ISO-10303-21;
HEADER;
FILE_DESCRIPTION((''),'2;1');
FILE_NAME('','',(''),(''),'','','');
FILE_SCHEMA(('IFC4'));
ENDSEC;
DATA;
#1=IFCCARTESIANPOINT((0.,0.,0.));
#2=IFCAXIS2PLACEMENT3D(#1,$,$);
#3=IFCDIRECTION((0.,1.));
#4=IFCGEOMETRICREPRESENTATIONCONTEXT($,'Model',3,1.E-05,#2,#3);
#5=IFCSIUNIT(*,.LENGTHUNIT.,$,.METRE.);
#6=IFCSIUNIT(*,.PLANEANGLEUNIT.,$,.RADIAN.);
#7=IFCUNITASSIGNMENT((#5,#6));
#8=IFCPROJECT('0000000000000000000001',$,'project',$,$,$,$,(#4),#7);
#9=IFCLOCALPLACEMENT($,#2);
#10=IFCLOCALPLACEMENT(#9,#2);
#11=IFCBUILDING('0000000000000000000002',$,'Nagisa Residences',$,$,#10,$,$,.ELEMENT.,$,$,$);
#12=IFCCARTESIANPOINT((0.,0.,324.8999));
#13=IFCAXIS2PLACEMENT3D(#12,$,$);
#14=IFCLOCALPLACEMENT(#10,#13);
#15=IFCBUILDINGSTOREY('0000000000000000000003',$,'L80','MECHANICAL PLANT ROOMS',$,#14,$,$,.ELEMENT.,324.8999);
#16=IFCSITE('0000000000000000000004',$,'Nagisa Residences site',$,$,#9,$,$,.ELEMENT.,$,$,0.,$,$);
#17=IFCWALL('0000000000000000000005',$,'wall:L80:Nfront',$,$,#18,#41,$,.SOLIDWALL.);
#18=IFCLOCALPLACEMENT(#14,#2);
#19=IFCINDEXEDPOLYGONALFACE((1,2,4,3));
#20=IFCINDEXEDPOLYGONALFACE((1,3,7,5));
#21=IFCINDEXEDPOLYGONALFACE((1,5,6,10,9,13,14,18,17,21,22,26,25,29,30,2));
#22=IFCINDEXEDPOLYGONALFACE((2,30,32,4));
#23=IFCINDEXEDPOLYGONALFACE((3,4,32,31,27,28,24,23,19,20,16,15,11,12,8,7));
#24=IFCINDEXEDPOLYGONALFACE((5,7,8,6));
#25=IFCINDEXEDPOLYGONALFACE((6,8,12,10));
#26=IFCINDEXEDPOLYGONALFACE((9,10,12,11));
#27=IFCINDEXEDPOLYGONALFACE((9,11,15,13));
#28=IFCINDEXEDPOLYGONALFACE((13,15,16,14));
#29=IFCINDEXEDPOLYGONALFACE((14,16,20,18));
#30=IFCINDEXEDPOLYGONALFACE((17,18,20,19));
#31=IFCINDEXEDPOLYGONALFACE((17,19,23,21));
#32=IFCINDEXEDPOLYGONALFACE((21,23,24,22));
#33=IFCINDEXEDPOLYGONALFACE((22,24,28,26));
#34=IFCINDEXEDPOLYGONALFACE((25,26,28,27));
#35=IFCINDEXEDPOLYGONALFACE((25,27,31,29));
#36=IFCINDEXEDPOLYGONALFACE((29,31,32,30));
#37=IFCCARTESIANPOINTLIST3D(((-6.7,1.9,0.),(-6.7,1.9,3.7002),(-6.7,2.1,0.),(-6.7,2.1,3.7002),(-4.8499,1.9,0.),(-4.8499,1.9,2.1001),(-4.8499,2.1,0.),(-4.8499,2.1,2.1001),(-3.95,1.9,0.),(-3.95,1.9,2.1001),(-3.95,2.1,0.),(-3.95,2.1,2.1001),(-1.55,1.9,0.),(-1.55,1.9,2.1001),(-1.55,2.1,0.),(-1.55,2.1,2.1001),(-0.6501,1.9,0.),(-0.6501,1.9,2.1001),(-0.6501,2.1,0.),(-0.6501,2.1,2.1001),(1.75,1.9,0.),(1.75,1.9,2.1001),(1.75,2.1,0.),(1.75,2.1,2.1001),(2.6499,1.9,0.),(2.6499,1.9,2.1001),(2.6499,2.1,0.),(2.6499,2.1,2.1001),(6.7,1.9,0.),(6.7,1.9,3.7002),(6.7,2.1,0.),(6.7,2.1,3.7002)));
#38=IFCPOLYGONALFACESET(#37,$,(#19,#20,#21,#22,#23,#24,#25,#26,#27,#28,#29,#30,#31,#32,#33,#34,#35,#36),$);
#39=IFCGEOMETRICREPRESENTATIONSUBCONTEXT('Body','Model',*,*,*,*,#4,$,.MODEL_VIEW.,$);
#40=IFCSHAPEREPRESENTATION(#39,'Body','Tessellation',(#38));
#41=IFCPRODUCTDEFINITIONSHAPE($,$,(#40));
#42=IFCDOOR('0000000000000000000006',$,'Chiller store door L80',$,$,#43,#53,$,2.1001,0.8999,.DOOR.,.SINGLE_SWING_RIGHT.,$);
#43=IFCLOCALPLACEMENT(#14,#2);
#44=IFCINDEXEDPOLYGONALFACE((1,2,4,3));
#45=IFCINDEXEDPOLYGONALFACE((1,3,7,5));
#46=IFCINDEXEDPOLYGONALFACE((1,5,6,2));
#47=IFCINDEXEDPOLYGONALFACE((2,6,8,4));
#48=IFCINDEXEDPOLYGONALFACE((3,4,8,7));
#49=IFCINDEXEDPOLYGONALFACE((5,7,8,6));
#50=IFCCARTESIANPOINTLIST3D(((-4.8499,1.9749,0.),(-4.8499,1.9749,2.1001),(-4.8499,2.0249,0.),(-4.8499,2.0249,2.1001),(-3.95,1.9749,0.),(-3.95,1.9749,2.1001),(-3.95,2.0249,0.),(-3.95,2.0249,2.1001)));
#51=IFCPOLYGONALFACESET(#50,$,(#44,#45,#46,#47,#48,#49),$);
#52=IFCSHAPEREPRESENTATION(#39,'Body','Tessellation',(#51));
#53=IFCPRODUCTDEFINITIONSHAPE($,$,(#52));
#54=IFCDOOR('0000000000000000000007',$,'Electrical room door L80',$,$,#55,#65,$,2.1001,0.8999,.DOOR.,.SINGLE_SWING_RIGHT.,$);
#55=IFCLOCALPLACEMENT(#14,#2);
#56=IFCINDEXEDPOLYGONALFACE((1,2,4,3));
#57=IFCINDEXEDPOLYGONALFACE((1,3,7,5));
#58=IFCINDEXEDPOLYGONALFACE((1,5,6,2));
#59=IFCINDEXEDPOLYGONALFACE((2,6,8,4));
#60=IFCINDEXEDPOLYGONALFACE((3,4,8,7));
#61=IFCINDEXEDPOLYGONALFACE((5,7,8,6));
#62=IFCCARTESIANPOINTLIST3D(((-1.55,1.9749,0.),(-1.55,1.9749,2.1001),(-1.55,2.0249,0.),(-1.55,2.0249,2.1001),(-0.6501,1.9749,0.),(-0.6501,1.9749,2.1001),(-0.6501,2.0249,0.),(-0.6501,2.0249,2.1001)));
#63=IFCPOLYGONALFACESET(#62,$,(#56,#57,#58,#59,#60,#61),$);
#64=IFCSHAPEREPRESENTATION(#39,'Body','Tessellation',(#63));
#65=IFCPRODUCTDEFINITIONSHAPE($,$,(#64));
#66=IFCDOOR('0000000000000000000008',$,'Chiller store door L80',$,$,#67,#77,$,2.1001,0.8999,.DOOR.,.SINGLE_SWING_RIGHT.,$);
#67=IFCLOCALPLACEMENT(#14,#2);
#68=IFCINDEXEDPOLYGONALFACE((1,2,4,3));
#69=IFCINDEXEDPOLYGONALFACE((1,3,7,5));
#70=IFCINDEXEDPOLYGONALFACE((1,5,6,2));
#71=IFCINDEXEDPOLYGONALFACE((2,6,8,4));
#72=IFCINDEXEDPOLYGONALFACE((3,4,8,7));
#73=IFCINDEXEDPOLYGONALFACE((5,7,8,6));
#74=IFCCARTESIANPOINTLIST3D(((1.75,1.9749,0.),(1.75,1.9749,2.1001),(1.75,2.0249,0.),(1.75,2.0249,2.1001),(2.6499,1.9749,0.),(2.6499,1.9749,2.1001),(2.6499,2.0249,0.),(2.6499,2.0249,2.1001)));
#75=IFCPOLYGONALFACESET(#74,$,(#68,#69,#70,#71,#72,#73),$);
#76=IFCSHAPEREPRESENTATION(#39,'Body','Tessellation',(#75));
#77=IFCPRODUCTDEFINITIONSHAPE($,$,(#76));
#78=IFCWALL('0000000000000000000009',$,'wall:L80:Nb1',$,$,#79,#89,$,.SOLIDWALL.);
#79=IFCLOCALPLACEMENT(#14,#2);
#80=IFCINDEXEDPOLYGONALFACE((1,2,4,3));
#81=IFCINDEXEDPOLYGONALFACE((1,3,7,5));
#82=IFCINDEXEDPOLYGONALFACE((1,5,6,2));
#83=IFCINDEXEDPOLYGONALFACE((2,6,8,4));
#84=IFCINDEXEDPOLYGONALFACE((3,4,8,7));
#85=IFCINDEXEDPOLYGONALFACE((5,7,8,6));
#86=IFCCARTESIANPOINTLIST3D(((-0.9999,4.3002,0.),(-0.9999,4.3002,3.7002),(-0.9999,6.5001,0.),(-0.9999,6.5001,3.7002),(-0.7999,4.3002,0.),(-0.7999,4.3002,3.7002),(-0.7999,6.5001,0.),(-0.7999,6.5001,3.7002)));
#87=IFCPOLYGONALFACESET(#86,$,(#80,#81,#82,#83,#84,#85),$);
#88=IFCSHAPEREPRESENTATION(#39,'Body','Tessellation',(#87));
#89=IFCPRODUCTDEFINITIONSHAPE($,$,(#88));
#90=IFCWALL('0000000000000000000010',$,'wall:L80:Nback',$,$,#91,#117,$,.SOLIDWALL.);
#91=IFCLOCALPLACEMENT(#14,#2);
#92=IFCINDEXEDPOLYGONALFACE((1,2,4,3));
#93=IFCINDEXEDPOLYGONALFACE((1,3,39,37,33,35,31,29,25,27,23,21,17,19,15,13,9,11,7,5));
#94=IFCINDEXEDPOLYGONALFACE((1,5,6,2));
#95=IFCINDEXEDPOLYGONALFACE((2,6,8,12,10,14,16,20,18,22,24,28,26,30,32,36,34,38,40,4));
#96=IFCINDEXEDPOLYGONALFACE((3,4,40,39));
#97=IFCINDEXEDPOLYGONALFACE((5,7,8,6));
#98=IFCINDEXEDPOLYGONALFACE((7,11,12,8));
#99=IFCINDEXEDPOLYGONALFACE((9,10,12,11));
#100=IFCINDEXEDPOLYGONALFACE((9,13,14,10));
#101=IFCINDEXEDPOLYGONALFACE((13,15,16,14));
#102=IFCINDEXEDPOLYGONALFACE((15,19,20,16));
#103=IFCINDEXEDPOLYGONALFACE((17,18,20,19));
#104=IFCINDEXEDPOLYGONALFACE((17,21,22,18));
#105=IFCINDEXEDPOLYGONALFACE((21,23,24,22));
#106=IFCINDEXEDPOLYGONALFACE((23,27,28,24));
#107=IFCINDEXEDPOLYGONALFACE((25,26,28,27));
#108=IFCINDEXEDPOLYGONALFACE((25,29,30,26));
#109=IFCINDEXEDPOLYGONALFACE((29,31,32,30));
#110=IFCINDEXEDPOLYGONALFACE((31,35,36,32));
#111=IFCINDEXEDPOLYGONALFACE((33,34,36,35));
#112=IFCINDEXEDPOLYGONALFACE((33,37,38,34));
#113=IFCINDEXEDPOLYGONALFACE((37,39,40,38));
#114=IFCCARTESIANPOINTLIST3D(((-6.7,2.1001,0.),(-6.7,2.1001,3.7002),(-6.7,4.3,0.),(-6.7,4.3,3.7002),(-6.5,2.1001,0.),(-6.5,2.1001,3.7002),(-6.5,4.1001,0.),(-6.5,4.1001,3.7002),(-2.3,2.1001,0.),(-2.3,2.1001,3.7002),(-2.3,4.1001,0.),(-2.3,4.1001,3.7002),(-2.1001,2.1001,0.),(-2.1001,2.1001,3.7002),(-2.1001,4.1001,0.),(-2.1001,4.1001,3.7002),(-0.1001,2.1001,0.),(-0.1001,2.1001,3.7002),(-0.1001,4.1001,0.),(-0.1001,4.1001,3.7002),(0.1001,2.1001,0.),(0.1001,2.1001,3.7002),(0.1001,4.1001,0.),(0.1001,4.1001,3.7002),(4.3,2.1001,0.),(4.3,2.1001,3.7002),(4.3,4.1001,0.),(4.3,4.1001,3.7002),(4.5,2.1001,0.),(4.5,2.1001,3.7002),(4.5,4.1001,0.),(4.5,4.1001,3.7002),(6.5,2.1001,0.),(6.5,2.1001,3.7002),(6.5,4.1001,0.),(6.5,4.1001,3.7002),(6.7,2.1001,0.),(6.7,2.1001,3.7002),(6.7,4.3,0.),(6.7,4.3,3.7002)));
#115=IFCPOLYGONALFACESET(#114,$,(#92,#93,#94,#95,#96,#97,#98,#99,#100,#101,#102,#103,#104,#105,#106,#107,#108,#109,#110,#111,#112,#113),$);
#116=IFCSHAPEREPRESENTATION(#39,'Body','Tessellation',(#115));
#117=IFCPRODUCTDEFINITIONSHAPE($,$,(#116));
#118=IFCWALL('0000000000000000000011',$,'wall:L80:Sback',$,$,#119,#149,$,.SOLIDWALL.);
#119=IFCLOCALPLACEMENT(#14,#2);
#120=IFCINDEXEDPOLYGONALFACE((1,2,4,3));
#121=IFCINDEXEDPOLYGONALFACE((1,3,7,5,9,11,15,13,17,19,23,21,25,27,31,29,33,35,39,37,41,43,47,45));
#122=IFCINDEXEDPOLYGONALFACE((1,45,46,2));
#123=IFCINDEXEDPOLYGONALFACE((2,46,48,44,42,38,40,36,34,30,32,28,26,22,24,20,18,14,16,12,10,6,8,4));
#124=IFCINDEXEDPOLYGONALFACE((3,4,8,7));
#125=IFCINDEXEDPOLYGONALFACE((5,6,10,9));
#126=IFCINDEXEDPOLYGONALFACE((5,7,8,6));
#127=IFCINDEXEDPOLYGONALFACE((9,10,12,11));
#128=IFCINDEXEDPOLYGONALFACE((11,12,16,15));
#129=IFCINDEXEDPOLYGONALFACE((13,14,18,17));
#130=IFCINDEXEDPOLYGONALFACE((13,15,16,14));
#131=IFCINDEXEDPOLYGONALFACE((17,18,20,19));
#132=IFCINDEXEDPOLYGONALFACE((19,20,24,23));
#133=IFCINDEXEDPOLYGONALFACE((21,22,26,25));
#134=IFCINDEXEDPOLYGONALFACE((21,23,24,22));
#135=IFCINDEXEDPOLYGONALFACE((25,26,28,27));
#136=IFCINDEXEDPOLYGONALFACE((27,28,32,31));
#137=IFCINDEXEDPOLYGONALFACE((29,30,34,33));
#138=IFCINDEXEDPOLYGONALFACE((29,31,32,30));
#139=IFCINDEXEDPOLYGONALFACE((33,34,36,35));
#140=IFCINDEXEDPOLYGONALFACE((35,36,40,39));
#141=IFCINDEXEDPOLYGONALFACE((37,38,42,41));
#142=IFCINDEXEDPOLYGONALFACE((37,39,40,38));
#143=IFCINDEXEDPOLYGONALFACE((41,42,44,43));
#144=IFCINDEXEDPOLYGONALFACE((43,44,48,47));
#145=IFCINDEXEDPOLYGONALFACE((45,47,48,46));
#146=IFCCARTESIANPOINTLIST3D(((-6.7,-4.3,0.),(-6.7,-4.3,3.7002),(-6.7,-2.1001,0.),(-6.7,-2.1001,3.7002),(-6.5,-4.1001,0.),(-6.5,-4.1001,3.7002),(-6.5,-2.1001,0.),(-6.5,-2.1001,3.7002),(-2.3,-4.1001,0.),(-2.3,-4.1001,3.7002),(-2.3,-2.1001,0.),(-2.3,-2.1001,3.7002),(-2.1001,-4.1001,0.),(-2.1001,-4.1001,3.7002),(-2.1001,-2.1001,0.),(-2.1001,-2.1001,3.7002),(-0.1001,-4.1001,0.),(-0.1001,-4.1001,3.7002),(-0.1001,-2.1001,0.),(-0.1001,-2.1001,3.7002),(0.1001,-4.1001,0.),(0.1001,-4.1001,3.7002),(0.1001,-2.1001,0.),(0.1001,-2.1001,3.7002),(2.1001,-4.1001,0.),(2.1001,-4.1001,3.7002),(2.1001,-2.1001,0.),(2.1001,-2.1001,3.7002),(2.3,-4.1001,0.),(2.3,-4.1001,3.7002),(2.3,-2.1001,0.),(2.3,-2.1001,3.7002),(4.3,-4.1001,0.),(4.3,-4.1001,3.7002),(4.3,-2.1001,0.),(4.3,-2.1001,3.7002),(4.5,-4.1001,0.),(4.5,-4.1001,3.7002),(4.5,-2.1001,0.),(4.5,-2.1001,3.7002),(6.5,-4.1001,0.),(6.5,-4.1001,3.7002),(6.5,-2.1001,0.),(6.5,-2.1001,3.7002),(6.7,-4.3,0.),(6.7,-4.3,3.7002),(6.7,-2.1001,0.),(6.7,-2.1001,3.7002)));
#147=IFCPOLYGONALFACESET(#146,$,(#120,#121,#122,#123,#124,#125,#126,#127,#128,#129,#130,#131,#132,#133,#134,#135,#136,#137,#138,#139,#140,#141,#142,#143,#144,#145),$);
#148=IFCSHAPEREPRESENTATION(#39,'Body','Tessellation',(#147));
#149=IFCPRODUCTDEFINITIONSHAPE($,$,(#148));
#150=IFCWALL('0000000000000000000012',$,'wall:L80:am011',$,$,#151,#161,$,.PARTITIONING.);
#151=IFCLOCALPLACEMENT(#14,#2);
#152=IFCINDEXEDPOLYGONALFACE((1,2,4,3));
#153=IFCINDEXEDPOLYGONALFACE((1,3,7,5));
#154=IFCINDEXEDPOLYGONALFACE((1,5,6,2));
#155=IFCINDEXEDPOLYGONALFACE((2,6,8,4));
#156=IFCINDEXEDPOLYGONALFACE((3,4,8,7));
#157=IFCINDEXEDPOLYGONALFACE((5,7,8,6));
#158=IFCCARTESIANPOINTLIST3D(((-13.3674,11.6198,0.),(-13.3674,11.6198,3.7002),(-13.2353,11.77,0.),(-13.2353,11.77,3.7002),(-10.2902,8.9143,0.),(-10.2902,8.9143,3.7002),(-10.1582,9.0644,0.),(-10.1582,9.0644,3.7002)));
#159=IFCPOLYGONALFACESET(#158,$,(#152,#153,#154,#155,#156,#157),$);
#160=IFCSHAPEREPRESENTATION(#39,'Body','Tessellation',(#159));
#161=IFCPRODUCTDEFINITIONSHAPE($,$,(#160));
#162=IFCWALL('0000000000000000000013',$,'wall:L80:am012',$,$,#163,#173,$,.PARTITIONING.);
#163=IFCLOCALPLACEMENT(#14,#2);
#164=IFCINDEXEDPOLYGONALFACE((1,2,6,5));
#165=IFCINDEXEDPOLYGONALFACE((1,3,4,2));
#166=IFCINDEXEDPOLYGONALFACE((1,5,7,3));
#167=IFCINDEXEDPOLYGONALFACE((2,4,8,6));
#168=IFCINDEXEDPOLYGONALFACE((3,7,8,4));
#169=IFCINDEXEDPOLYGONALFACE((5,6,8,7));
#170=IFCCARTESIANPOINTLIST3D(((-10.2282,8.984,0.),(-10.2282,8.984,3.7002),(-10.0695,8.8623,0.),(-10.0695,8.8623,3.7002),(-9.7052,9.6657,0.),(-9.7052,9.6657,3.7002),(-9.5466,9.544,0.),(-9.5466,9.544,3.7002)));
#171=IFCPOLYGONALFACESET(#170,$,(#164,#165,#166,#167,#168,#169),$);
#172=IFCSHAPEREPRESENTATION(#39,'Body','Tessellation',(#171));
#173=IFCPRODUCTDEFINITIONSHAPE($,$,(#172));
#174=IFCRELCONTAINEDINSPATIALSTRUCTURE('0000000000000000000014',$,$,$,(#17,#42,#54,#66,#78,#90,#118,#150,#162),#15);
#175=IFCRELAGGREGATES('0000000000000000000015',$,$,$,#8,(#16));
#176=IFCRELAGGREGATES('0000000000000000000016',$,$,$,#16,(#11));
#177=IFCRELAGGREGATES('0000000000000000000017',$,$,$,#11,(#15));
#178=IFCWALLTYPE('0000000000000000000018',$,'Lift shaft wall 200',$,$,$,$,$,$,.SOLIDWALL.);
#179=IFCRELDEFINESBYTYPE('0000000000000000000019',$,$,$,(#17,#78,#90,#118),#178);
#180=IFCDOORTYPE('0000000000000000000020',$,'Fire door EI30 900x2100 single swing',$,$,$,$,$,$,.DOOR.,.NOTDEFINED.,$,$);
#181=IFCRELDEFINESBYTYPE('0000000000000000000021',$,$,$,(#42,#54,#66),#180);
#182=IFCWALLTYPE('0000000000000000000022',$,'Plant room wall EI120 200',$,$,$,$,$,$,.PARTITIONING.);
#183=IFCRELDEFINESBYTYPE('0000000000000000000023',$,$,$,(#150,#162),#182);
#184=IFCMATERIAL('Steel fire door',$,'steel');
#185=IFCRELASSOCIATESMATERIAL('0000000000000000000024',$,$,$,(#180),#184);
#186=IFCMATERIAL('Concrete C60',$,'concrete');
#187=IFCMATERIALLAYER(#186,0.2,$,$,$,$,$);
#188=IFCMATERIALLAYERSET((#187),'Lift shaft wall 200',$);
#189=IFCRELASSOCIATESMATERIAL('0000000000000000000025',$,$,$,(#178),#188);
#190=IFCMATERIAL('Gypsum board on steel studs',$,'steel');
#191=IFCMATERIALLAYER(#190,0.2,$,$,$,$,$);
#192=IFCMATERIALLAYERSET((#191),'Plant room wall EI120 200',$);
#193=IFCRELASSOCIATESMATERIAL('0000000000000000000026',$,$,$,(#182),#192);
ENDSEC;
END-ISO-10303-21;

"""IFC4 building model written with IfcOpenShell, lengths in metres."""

from ifc_helpers import new_model, si_unit, direction, frame, frame_2d, origin, place, context, subcontext, project, spatial, polyline, rectangle, outline, extrude, material, layer, layer_set, type_object, element, fill, save


model = new_model("IFC4")

# Units and contexts
model_context = context("Model", 3, precision=1e-05, world=origin(), true_north=direction((0.0, 1.0)))
body_context = subcontext(model_context, "Body", "Model", "MODEL_VIEW")
ifc_project = project(units=[si_unit("LENGTHUNIT", "METRE"), si_unit("PLANEANGLEUNIT", "RADIAN")], contexts=[model_context])

# Site, building, storey
site_placement = place(None, origin())
site = spatial("IfcSite", under=ifc_project, at=site_placement, Name="Nagisa Residences site", CompositionType="ELEMENT", RefElevation=0.0)
building_placement = place(site_placement, origin())
building = spatial("IfcBuilding", under=site, at=building_placement, Name="Nagisa Residences", CompositionType="ELEMENT")
storey_placement = place(building_placement, frame((0.0, 0.0, 324.8999)))
storey = spatial("IfcBuildingStorey", under=building, at=storey_placement, Name="L80", Description="MECHANICAL PLANT ROOMS", CompositionType="ELEMENT", Elevation=324.8999)

# Shared definitions
ifc_material_1 = material(Name="Steel fire door", Category="steel")
door_type_1 = type_object("IfcDoorType", Name="Fire door EI30 900x2100 single swing", OperationType="NOTDEFINED", PredefinedType="DOOR", material=ifc_material_1)

# Shared definitions
ifc_material_2 = material(Name="Concrete C60", Category="concrete")
ifc_layer_1 = layer(ifc_material_2, 0.2)
ifc_layer_set_1 = layer_set([ifc_layer_1], Name="Lift shaft wall 200")
wall_type_1 = type_object("IfcWallType", Name="Lift shaft wall 200", PredefinedType="SOLIDWALL", material=ifc_layer_set_1)

# Wall, openings, doors
wall_1_placement = place(storey_placement, frame((-6.7, 2.0, 0.0), z_axis=(0.0, 0.0, 1.0), x_axis=(1.0, 0.0, 0.0)))
wall_1 = element("IfcWall", 1, at=wall_1_placement, inside=storey, type_object=wall_type_1, Name="wall:L80:Nfront", PredefinedType="SOLIDWALL", context=body_context, shape_type="SweptSolid", body=[
    extrude(rectangle(XDim=13.3999, YDim=0.2, at=frame_2d((6.7, 0.0))), origin(), (0.0, 0.0, 1.0), 3.7002),
])
opening_1_placement = place(wall_1_placement, frame((1.8501, 0.0, 0.0)))
opening_1 = element("IfcOpeningElement", 2, at=opening_1_placement, cuts=wall_1, PredefinedType="OPENING", context=body_context, shape_type="SweptSolid", body=[
    extrude(rectangle(XDim=0.8999, YDim=2.1001, at=frame_2d((0.45, 1.05))), frame((0.0, 0.1099, 0.0), z_axis=(0.0, -1.0, 0.0), x_axis=(1.0, 0.0, 0.0)), (0.0, 0.0, 1.0), 0.22),
])
opening_2_placement = place(wall_1_placement, frame((5.1499, 0.0, 0.0)))
opening_2 = element("IfcOpeningElement", 3, at=opening_2_placement, cuts=wall_1, PredefinedType="OPENING", context=body_context, shape_type="SweptSolid", body=[
    extrude(rectangle(XDim=0.8999, YDim=2.1001, at=frame_2d((0.45, 1.05))), frame((0.0, 0.1099, 0.0), z_axis=(0.0, -1.0, 0.0), x_axis=(1.0, 0.0, 0.0)), (0.0, 0.0, 1.0), 0.22),
])
opening_3_placement = place(wall_1_placement, frame((8.45, 0.0, 0.0)))
opening_3 = element("IfcOpeningElement", 4, at=opening_3_placement, cuts=wall_1, PredefinedType="OPENING", context=body_context, shape_type="SweptSolid", body=[
    extrude(rectangle(XDim=0.8999, YDim=2.1001, at=frame_2d((0.45, 1.05))), frame((0.0, 0.1099, 0.0), z_axis=(0.0, -1.0, 0.0), x_axis=(1.0, 0.0, 0.0)), (0.0, 0.0, 1.0), 0.22),
])
door_1_placement = place(opening_1_placement, origin())
door_1 = element("IfcDoor", 5, at=door_1_placement, inside=storey, type_object=door_type_1, Name="Chiller store door L80", OperationType="SINGLE_SWING_RIGHT", OverallHeight=2.1001, OverallWidth=0.8999, PredefinedType="DOOR", context=body_context, shape_type="SweptSolid", body=[
    extrude(rectangle(XDim=0.8999, YDim=2.1001, at=frame_2d((0.45, 1.05))), frame((0.0, 0.0249, 0.0), z_axis=(0.0, -1.0, 0.0), x_axis=(1.0, 0.0, 0.0)), (0.0, 0.0, 1.0), 0.05),
])
fill(opening_1, door_1)
door_2_placement = place(opening_2_placement, origin())
door_2 = element("IfcDoor", 6, at=door_2_placement, inside=storey, type_object=door_type_1, Name="Electrical room door L80", OperationType="SINGLE_SWING_RIGHT", OverallHeight=2.1001, OverallWidth=0.8999, PredefinedType="DOOR", context=body_context, shape_type="SweptSolid", body=[
    extrude(rectangle(XDim=0.8999, YDim=2.1001, at=frame_2d((0.45, 1.05))), frame((0.0, 0.0249, 0.0), z_axis=(0.0, -1.0, 0.0), x_axis=(1.0, 0.0, 0.0)), (0.0, 0.0, 1.0), 0.05),
])
fill(opening_2, door_2)
door_3_placement = place(opening_3_placement, origin())
door_3 = element("IfcDoor", 7, at=door_3_placement, inside=storey, type_object=door_type_1, Name="Chiller store door L80", OperationType="SINGLE_SWING_RIGHT", OverallHeight=2.1001, OverallWidth=0.8999, PredefinedType="DOOR", context=body_context, shape_type="SweptSolid", body=[
    extrude(rectangle(XDim=0.8999, YDim=2.1001, at=frame_2d((0.45, 1.05))), frame((0.0, 0.0249, 0.0), z_axis=(0.0, -1.0, 0.0), x_axis=(1.0, 0.0, 0.0)), (0.0, 0.0, 1.0), 0.05),
])
fill(opening_3, door_3)

# Walls
wall_2_placement = place(storey_placement, frame((-0.8999, 4.3, 0.0), z_axis=(0.0, 0.0, 1.0), x_axis=(0.0, 1.0, 0.0)))
element("IfcWall", 8, at=wall_2_placement, inside=storey, type_object=wall_type_1, Name="wall:L80:Nb1", PredefinedType="SOLIDWALL", context=body_context, shape_type="SweptSolid", body=[
    extrude(rectangle(XDim=2.2, YDim=0.2, at=frame_2d((1.1001, 0.0))), origin(), (0.0, 0.0, 1.0), 3.7002),
])
wall_3_placement = place(storey_placement, origin())
element("IfcWall", 9, at=wall_3_placement, inside=storey, type_object=wall_type_1, Name="wall:L80:Nback", PredefinedType="SOLIDWALL", context=body_context, shape_type="SweptSolid", body=[
    extrude(outline(polyline([(-6.7, 4.3), (6.7, 4.3), (6.7, 2.1001), (6.5, 2.1001), (6.5, 4.1001), (4.5, 4.1001), (4.5, 2.1001), (4.3, 2.1001), (4.3, 4.1001), (0.1001, 4.1001), (0.1001, 2.1001), (-0.1001, 2.1001), (-0.1001, 4.1001), (-2.1001, 4.1001), (-2.1001, 2.1001), (-2.3, 2.1001), (-2.3, 4.1001), (-6.5, 4.1001), (-6.5, 2.1001), (-6.7, 2.1001), (-6.7, 4.3)])), origin(), (0.0, 0.0, 1.0), 3.7002),
])
wall_4_placement = place(storey_placement, origin())
element("IfcWall", 10, at=wall_4_placement, inside=storey, type_object=wall_type_1, Name="wall:L80:Sback", PredefinedType="SOLIDWALL", context=body_context, shape_type="SweptSolid", body=[
    extrude(outline(polyline([(-6.7, -2.1001), (-6.5, -2.1001), (-6.5, -4.1001), (-2.3, -4.1001), (-2.3, -2.1001), (-2.1001, -2.1001), (-2.1001, -4.1001), (-0.1001, -4.1001), (-0.1001, -2.1001), (0.1001, -2.1001), (0.1001, -4.1001), (2.1001, -4.1001), (2.1001, -2.1001), (2.3, -2.1001), (2.3, -4.1001), (4.3, -4.1001), (4.3, -2.1001), (4.5, -2.1001), (4.5, -4.1001), (6.5, -4.1001), (6.5, -2.1001), (6.7, -2.1001), (6.7, -4.3), (-6.7, -4.3), (-6.7, -2.1001)])), origin(), (0.0, 0.0, 1.0), 3.7002),
])
ifc_material_3 = material(Name="Gypsum board on steel studs", Category="steel")
ifc_layer_2 = layer(ifc_material_3, 0.2)
ifc_layer_set_2 = layer_set([ifc_layer_2], Name="Plant room wall EI120 200")
wall_type_2 = type_object("IfcWallType", Name="Plant room wall EI120 200", PredefinedType="PARTITIONING", material=ifc_layer_set_2)
wall_5_placement = place(storey_placement, frame((-10.2241, 8.9893, 0.0), z_axis=(0.0, 0.0, 1.0), x_axis=(-0.750995, 0.660308, 0.0)))
element("IfcWall", 11, at=wall_5_placement, inside=storey, type_object=wall_type_2, Name="wall:L80:am011", PredefinedType="PARTITIONING", context=body_context, shape_type="SweptSolid", body=[
    extrude(rectangle(XDim=4.0974, YDim=0.2, at=frame_2d((2.0488, 0.0))), origin(), (0.0, 0.0, 1.0), 3.7002),
])
wall_6_placement = place(storey_placement, frame((-10.1489, 8.9231, 0.0), z_axis=(0.0, 0.0, 1.0), x_axis=(0.608694, 0.793405, 0.0)))
element("IfcWall", 12, at=wall_6_placement, inside=storey, type_object=wall_type_2, Name="wall:L80:am012", PredefinedType="PARTITIONING", context=body_context, shape_type="SweptSolid", body=[
    extrude(rectangle(XDim=0.8591, YDim=0.2, at=frame_2d((0.4297, 0.0))), origin(), (0.0, 0.0, 1.0), 3.7002),
])

save(model, "model.ifc")
